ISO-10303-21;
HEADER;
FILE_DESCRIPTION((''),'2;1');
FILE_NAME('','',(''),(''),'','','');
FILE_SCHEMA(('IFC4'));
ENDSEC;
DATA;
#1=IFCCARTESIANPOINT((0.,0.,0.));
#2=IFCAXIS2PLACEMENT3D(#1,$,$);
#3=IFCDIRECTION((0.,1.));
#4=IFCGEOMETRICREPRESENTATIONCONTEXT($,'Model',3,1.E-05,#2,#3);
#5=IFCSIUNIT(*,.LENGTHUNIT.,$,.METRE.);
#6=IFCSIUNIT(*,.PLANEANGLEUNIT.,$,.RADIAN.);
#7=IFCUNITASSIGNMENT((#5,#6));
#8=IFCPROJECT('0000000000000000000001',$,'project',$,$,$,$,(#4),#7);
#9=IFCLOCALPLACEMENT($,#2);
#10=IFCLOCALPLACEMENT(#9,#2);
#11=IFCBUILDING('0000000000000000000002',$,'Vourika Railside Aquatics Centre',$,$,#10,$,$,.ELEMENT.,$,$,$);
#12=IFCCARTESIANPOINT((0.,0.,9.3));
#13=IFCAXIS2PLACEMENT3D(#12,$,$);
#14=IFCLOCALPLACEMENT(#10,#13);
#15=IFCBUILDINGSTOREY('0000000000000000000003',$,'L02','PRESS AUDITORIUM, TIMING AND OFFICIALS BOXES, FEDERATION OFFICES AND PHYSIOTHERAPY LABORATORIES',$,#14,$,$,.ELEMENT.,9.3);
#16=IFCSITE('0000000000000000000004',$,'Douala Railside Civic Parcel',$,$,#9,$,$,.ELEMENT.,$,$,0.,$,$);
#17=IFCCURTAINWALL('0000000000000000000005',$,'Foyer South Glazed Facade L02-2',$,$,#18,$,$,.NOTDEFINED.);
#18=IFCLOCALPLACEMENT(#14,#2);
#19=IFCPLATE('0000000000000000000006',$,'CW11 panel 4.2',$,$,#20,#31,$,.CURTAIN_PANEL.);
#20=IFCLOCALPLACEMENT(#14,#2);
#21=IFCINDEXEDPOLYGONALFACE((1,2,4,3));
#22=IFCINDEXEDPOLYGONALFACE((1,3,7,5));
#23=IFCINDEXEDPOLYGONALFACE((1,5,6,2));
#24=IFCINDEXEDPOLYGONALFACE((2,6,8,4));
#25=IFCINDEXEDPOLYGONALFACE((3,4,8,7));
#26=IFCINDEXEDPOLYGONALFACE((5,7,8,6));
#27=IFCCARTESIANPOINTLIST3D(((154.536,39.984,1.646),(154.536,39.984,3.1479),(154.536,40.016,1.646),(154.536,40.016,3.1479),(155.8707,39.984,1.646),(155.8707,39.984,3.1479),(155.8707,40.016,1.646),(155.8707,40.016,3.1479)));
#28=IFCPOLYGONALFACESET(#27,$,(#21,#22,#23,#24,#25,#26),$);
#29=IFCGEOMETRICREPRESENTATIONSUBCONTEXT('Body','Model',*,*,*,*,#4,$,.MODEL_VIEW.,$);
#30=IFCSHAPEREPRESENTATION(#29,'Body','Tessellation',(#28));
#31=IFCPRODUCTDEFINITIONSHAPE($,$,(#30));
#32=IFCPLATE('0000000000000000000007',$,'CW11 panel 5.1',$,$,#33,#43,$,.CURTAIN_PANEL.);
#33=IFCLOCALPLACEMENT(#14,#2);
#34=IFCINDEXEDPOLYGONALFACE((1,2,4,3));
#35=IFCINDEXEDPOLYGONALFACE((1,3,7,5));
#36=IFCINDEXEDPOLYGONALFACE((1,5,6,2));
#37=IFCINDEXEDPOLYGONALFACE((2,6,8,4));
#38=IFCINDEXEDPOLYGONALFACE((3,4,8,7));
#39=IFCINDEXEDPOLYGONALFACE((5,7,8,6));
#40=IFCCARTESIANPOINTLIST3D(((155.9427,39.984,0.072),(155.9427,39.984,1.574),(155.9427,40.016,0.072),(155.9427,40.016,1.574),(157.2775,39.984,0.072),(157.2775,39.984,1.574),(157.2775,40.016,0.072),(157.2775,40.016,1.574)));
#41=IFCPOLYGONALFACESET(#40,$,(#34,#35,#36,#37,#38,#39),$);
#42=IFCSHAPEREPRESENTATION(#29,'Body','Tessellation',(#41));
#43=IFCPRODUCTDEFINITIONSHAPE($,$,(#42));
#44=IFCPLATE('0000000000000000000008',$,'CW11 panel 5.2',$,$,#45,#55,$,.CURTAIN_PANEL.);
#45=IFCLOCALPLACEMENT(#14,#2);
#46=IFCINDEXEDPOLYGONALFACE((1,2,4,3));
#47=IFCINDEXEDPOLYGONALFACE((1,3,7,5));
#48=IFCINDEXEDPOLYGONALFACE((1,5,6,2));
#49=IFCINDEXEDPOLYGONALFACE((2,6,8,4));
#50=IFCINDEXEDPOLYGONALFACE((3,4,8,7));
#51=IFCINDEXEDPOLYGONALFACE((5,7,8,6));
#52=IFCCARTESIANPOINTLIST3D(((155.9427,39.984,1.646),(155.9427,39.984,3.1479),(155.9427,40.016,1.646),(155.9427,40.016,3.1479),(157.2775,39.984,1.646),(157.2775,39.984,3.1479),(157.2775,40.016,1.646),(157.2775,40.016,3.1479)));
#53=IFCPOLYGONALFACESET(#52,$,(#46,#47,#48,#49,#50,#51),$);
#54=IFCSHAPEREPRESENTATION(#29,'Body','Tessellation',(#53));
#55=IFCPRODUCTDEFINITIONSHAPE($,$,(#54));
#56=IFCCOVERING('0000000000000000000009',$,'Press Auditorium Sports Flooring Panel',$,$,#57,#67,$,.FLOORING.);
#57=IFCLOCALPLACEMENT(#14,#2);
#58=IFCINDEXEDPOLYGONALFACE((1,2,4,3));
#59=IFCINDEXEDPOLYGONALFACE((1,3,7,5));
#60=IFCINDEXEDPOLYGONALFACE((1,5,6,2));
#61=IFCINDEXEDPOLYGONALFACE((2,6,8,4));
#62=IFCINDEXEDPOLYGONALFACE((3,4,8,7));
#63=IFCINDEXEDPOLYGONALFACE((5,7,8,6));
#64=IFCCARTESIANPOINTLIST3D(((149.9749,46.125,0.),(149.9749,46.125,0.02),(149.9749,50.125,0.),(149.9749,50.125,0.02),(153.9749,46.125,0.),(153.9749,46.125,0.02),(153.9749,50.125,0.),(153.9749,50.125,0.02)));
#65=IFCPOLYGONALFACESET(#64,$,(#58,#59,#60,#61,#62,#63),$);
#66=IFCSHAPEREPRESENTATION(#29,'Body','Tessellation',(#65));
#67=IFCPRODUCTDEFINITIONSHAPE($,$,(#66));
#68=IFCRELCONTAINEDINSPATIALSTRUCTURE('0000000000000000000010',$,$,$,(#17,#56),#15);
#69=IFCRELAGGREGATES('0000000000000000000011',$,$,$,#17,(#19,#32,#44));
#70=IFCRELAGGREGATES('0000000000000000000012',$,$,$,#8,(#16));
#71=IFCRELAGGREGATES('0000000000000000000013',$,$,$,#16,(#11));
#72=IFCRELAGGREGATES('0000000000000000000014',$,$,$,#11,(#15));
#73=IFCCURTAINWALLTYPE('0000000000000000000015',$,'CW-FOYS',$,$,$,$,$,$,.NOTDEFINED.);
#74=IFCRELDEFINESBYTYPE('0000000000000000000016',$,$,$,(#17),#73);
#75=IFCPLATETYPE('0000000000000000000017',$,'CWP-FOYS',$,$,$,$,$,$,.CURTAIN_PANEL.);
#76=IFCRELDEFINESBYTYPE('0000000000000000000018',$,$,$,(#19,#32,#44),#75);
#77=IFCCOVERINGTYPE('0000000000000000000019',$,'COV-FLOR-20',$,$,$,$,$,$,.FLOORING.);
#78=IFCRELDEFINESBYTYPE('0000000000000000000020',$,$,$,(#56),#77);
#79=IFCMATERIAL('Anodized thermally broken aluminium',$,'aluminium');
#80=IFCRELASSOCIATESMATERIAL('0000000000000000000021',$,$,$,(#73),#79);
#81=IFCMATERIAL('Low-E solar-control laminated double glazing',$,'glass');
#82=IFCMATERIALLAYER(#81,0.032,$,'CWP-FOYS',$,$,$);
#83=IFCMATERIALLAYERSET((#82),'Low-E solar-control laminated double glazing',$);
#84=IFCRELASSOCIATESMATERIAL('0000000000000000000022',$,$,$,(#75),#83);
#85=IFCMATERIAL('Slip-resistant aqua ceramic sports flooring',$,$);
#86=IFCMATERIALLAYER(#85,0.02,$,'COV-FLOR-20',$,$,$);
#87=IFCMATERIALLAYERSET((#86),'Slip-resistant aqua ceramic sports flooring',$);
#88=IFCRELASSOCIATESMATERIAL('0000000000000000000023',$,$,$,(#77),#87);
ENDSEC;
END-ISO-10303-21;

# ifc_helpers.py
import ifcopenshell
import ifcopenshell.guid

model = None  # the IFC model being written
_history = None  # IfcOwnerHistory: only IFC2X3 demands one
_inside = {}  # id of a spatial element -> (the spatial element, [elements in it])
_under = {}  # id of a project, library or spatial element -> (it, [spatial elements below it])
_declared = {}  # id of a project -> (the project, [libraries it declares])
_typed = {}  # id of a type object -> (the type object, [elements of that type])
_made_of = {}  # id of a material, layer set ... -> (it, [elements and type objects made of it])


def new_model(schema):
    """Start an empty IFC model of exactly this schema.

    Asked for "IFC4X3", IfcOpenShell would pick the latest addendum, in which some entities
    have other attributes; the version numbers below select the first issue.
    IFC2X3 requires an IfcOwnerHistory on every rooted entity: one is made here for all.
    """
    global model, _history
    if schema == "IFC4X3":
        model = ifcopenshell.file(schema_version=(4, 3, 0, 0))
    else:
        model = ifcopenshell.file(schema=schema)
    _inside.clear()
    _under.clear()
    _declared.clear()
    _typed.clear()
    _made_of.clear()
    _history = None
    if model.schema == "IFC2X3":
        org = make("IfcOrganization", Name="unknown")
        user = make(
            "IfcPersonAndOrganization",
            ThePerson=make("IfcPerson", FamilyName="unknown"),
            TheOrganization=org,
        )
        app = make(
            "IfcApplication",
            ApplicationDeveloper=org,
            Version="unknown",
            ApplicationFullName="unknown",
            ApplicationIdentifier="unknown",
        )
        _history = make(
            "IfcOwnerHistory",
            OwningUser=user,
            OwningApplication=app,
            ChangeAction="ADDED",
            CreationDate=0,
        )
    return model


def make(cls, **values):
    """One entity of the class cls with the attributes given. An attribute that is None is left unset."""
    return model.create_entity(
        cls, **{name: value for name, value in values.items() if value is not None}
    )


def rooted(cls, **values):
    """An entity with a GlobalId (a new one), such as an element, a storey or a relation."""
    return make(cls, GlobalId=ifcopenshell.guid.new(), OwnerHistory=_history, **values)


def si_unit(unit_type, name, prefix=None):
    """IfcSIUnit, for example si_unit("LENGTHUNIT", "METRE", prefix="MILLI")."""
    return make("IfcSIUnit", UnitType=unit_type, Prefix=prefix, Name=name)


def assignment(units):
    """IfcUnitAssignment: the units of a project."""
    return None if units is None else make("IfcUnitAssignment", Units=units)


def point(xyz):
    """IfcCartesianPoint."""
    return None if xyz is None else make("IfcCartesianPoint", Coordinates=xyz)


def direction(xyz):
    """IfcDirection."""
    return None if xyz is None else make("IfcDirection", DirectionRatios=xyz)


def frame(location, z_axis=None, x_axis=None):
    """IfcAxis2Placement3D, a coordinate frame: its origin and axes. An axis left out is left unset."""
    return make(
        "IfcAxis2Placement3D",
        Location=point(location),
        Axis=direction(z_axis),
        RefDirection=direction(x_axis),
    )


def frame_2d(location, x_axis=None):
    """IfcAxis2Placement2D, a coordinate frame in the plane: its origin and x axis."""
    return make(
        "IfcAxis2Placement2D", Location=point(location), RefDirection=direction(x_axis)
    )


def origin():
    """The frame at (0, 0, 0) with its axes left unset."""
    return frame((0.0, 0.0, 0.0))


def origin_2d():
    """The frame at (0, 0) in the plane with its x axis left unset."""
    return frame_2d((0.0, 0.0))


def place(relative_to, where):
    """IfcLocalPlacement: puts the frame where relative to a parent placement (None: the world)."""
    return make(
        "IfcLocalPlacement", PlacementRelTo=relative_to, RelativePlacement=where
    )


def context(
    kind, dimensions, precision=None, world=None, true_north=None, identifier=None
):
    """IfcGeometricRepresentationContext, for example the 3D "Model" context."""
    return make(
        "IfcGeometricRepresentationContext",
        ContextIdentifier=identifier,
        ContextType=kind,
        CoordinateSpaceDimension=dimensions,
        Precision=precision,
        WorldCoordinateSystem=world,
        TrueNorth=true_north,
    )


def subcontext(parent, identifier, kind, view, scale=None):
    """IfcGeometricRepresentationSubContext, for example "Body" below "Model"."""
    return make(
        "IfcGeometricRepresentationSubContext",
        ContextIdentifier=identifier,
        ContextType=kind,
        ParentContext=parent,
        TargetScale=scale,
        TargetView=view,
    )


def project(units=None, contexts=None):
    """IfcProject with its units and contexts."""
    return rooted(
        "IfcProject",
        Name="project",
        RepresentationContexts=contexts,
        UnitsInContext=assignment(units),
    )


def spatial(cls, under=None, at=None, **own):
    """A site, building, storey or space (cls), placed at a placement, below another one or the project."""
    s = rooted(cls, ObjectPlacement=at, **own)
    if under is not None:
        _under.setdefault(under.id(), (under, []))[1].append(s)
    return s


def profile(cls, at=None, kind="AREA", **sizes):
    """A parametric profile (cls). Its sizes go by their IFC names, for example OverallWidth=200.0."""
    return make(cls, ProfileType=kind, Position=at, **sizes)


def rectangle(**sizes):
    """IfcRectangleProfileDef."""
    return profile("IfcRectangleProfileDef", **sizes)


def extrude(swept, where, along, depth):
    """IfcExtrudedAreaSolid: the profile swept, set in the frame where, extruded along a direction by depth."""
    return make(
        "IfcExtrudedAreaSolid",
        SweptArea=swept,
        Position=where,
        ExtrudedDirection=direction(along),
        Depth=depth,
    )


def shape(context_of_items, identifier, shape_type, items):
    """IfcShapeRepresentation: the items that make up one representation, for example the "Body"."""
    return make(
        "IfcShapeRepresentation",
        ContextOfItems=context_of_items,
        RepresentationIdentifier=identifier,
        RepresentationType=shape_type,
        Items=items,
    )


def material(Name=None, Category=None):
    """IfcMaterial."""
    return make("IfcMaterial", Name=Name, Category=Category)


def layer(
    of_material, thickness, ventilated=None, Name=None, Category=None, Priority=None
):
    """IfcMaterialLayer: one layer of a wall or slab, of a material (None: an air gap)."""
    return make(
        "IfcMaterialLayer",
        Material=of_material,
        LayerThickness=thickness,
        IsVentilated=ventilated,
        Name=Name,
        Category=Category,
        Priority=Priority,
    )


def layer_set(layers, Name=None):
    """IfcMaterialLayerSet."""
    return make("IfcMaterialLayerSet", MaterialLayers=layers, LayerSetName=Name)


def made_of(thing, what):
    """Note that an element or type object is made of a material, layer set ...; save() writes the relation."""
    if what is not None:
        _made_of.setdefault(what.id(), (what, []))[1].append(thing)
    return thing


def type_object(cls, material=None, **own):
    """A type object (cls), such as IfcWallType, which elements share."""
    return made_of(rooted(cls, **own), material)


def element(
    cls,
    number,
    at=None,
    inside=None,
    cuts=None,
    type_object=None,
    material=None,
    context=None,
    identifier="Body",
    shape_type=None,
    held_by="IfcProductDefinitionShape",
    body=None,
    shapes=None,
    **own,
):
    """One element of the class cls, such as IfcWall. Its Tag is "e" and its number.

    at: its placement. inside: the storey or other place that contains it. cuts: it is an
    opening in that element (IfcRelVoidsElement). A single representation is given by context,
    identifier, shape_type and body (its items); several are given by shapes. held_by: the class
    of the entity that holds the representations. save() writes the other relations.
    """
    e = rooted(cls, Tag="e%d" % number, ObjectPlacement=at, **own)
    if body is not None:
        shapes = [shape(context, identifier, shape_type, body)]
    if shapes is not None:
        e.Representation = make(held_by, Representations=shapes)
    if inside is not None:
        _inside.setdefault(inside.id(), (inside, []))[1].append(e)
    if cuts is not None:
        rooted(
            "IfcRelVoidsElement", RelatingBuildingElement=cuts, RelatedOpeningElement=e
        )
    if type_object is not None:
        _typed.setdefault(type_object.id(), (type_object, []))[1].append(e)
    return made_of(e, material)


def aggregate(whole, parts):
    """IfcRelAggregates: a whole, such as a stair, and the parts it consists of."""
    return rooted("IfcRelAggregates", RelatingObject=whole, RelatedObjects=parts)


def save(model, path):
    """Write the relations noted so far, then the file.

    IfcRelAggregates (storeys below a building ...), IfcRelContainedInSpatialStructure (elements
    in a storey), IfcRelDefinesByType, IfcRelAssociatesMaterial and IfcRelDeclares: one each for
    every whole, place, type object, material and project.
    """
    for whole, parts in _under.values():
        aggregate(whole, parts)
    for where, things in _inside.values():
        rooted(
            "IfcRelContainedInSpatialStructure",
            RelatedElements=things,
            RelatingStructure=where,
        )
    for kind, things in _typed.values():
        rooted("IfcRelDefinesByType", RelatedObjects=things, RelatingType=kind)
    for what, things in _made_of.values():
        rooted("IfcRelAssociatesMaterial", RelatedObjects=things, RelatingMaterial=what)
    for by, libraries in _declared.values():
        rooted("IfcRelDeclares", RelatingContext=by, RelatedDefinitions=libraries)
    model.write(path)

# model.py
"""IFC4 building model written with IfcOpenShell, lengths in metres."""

from ifc_helpers import new_model, si_unit, direction, frame, origin, origin_2d, place, context, subcontext, project, spatial, rectangle, extrude, material, layer, layer_set, type_object, element, aggregate, save


model = new_model("IFC4")

# Units and contexts
model_context = context("Model", 3, precision=1e-05, world=origin(), true_north=direction((0.0, 1.0)))
body_context = subcontext(model_context, "Body", "Model", "MODEL_VIEW")
ifc_project = project(units=[si_unit("LENGTHUNIT", "METRE"), si_unit("PLANEANGLEUNIT", "RADIAN")], contexts=[model_context])

# Site, building, storey
site_placement = place(None, origin())
site = spatial("IfcSite", under=ifc_project, at=site_placement, Name="Douala Railside Civic Parcel", CompositionType="ELEMENT", RefElevation=0.0)
building_placement = place(site_placement, origin())
building = spatial("IfcBuilding", under=site, at=building_placement, Name="Vourika Railside Aquatics Centre", CompositionType="ELEMENT")
storey_placement = place(building_placement, frame((0.0, 0.0, 9.3)))
storey = spatial("IfcBuildingStorey", under=building, at=storey_placement, Name="L02", Description="PRESS AUDITORIUM, TIMING AND OFFICIALS BOXES, FEDERATION OFFICES AND PHYSIOTHERAPY LABORATORIES", CompositionType="ELEMENT", Elevation=9.3)

# Curtain wall, plates
ifc_material_1 = material(Name="Anodized thermally broken aluminium", Category="aluminium")
curtain_wall_type = type_object("IfcCurtainWallType", Name="CW-FOYS", PredefinedType="NOTDEFINED", material=ifc_material_1)
curtain_wall_placement = place(storey_placement, origin())
curtain_wall = element("IfcCurtainWall", 1, at=curtain_wall_placement, inside=storey, type_object=curtain_wall_type, Name="Foyer South Glazed Facade L02-2", PredefinedType="NOTDEFINED")
ifc_material_2 = material(Name="Low-E solar-control laminated double glazing", Category="glass")
ifc_layer_1 = layer(ifc_material_2, 0.032, Name="CWP-FOYS")
ifc_layer_set_1 = layer_set([ifc_layer_1], Name="Low-E solar-control laminated double glazing")
plate_type = type_object("IfcPlateType", Name="CWP-FOYS", PredefinedType="CURTAIN_PANEL", material=ifc_layer_set_1)
plate_1_placement = place(storey_placement, frame((155.2034, 40.0, 1.646), z_axis=(0.0, 0.0, 1.0), x_axis=(1.0, 0.0, 0.0)))
plate_1 = element("IfcPlate", 2, at=plate_1_placement, type_object=plate_type, Name="CW11 panel 4.2", PredefinedType="CURTAIN_PANEL", context=body_context, shape_type="SweptSolid", body=[
    extrude(rectangle(XDim=1.3347, YDim=0.032, at=origin_2d()), origin(), (0.0, 0.0, 1.0), 1.502),
])
plate_2_placement = place(storey_placement, frame((156.6101, 40.0, 0.072), z_axis=(0.0, 0.0, 1.0), x_axis=(1.0, 0.0, 0.0)))
plate_2 = element("IfcPlate", 3, at=plate_2_placement, type_object=plate_type, Name="CW11 panel 5.1", PredefinedType="CURTAIN_PANEL", context=body_context, shape_type="SweptSolid", body=[
    extrude(rectangle(XDim=1.3347, YDim=0.032, at=origin_2d()), origin(), (0.0, 0.0, 1.0), 1.502),
])
plate_3_placement = place(storey_placement, frame((156.6101, 40.0, 1.646), z_axis=(0.0, 0.0, 1.0), x_axis=(1.0, 0.0, 0.0)))
plate_3 = element("IfcPlate", 4, at=plate_3_placement, type_object=plate_type, Name="CW11 panel 5.2", PredefinedType="CURTAIN_PANEL", context=body_context, shape_type="SweptSolid", body=[
    extrude(rectangle(XDim=1.3347, YDim=0.032, at=origin_2d()), origin(), (0.0, 0.0, 1.0), 1.502),
])
aggregate(curtain_wall, [plate_1, plate_2, plate_3])

# Covering
ifc_material_3 = material(Name="Slip-resistant aqua ceramic sports flooring")
ifc_layer_2 = layer(ifc_material_3, 0.02, Name="COV-FLOR-20")
ifc_layer_set_2 = layer_set([ifc_layer_2], Name="Slip-resistant aqua ceramic sports flooring")
covering_type = type_object("IfcCoveringType", Name="COV-FLOR-20", PredefinedType="FLOORING", material=ifc_layer_set_2)
covering_placement = place(storey_placement, frame((151.9749, 48.125, 0.0), z_axis=(0.0, 0.0, 1.0), x_axis=(1.0, 0.0, 0.0)))
element("IfcCovering", 5, at=covering_placement, inside=storey, type_object=covering_type, Name="Press Auditorium Sports Flooring Panel", PredefinedType="FLOORING", context=body_context, shape_type="SweptSolid", body=[
    extrude(rectangle(XDim=4.0, YDim=4.0, at=origin_2d()), origin(), (0.0, 0.0, 1.0), 0.02),
])

save(model, "model.ifc")
